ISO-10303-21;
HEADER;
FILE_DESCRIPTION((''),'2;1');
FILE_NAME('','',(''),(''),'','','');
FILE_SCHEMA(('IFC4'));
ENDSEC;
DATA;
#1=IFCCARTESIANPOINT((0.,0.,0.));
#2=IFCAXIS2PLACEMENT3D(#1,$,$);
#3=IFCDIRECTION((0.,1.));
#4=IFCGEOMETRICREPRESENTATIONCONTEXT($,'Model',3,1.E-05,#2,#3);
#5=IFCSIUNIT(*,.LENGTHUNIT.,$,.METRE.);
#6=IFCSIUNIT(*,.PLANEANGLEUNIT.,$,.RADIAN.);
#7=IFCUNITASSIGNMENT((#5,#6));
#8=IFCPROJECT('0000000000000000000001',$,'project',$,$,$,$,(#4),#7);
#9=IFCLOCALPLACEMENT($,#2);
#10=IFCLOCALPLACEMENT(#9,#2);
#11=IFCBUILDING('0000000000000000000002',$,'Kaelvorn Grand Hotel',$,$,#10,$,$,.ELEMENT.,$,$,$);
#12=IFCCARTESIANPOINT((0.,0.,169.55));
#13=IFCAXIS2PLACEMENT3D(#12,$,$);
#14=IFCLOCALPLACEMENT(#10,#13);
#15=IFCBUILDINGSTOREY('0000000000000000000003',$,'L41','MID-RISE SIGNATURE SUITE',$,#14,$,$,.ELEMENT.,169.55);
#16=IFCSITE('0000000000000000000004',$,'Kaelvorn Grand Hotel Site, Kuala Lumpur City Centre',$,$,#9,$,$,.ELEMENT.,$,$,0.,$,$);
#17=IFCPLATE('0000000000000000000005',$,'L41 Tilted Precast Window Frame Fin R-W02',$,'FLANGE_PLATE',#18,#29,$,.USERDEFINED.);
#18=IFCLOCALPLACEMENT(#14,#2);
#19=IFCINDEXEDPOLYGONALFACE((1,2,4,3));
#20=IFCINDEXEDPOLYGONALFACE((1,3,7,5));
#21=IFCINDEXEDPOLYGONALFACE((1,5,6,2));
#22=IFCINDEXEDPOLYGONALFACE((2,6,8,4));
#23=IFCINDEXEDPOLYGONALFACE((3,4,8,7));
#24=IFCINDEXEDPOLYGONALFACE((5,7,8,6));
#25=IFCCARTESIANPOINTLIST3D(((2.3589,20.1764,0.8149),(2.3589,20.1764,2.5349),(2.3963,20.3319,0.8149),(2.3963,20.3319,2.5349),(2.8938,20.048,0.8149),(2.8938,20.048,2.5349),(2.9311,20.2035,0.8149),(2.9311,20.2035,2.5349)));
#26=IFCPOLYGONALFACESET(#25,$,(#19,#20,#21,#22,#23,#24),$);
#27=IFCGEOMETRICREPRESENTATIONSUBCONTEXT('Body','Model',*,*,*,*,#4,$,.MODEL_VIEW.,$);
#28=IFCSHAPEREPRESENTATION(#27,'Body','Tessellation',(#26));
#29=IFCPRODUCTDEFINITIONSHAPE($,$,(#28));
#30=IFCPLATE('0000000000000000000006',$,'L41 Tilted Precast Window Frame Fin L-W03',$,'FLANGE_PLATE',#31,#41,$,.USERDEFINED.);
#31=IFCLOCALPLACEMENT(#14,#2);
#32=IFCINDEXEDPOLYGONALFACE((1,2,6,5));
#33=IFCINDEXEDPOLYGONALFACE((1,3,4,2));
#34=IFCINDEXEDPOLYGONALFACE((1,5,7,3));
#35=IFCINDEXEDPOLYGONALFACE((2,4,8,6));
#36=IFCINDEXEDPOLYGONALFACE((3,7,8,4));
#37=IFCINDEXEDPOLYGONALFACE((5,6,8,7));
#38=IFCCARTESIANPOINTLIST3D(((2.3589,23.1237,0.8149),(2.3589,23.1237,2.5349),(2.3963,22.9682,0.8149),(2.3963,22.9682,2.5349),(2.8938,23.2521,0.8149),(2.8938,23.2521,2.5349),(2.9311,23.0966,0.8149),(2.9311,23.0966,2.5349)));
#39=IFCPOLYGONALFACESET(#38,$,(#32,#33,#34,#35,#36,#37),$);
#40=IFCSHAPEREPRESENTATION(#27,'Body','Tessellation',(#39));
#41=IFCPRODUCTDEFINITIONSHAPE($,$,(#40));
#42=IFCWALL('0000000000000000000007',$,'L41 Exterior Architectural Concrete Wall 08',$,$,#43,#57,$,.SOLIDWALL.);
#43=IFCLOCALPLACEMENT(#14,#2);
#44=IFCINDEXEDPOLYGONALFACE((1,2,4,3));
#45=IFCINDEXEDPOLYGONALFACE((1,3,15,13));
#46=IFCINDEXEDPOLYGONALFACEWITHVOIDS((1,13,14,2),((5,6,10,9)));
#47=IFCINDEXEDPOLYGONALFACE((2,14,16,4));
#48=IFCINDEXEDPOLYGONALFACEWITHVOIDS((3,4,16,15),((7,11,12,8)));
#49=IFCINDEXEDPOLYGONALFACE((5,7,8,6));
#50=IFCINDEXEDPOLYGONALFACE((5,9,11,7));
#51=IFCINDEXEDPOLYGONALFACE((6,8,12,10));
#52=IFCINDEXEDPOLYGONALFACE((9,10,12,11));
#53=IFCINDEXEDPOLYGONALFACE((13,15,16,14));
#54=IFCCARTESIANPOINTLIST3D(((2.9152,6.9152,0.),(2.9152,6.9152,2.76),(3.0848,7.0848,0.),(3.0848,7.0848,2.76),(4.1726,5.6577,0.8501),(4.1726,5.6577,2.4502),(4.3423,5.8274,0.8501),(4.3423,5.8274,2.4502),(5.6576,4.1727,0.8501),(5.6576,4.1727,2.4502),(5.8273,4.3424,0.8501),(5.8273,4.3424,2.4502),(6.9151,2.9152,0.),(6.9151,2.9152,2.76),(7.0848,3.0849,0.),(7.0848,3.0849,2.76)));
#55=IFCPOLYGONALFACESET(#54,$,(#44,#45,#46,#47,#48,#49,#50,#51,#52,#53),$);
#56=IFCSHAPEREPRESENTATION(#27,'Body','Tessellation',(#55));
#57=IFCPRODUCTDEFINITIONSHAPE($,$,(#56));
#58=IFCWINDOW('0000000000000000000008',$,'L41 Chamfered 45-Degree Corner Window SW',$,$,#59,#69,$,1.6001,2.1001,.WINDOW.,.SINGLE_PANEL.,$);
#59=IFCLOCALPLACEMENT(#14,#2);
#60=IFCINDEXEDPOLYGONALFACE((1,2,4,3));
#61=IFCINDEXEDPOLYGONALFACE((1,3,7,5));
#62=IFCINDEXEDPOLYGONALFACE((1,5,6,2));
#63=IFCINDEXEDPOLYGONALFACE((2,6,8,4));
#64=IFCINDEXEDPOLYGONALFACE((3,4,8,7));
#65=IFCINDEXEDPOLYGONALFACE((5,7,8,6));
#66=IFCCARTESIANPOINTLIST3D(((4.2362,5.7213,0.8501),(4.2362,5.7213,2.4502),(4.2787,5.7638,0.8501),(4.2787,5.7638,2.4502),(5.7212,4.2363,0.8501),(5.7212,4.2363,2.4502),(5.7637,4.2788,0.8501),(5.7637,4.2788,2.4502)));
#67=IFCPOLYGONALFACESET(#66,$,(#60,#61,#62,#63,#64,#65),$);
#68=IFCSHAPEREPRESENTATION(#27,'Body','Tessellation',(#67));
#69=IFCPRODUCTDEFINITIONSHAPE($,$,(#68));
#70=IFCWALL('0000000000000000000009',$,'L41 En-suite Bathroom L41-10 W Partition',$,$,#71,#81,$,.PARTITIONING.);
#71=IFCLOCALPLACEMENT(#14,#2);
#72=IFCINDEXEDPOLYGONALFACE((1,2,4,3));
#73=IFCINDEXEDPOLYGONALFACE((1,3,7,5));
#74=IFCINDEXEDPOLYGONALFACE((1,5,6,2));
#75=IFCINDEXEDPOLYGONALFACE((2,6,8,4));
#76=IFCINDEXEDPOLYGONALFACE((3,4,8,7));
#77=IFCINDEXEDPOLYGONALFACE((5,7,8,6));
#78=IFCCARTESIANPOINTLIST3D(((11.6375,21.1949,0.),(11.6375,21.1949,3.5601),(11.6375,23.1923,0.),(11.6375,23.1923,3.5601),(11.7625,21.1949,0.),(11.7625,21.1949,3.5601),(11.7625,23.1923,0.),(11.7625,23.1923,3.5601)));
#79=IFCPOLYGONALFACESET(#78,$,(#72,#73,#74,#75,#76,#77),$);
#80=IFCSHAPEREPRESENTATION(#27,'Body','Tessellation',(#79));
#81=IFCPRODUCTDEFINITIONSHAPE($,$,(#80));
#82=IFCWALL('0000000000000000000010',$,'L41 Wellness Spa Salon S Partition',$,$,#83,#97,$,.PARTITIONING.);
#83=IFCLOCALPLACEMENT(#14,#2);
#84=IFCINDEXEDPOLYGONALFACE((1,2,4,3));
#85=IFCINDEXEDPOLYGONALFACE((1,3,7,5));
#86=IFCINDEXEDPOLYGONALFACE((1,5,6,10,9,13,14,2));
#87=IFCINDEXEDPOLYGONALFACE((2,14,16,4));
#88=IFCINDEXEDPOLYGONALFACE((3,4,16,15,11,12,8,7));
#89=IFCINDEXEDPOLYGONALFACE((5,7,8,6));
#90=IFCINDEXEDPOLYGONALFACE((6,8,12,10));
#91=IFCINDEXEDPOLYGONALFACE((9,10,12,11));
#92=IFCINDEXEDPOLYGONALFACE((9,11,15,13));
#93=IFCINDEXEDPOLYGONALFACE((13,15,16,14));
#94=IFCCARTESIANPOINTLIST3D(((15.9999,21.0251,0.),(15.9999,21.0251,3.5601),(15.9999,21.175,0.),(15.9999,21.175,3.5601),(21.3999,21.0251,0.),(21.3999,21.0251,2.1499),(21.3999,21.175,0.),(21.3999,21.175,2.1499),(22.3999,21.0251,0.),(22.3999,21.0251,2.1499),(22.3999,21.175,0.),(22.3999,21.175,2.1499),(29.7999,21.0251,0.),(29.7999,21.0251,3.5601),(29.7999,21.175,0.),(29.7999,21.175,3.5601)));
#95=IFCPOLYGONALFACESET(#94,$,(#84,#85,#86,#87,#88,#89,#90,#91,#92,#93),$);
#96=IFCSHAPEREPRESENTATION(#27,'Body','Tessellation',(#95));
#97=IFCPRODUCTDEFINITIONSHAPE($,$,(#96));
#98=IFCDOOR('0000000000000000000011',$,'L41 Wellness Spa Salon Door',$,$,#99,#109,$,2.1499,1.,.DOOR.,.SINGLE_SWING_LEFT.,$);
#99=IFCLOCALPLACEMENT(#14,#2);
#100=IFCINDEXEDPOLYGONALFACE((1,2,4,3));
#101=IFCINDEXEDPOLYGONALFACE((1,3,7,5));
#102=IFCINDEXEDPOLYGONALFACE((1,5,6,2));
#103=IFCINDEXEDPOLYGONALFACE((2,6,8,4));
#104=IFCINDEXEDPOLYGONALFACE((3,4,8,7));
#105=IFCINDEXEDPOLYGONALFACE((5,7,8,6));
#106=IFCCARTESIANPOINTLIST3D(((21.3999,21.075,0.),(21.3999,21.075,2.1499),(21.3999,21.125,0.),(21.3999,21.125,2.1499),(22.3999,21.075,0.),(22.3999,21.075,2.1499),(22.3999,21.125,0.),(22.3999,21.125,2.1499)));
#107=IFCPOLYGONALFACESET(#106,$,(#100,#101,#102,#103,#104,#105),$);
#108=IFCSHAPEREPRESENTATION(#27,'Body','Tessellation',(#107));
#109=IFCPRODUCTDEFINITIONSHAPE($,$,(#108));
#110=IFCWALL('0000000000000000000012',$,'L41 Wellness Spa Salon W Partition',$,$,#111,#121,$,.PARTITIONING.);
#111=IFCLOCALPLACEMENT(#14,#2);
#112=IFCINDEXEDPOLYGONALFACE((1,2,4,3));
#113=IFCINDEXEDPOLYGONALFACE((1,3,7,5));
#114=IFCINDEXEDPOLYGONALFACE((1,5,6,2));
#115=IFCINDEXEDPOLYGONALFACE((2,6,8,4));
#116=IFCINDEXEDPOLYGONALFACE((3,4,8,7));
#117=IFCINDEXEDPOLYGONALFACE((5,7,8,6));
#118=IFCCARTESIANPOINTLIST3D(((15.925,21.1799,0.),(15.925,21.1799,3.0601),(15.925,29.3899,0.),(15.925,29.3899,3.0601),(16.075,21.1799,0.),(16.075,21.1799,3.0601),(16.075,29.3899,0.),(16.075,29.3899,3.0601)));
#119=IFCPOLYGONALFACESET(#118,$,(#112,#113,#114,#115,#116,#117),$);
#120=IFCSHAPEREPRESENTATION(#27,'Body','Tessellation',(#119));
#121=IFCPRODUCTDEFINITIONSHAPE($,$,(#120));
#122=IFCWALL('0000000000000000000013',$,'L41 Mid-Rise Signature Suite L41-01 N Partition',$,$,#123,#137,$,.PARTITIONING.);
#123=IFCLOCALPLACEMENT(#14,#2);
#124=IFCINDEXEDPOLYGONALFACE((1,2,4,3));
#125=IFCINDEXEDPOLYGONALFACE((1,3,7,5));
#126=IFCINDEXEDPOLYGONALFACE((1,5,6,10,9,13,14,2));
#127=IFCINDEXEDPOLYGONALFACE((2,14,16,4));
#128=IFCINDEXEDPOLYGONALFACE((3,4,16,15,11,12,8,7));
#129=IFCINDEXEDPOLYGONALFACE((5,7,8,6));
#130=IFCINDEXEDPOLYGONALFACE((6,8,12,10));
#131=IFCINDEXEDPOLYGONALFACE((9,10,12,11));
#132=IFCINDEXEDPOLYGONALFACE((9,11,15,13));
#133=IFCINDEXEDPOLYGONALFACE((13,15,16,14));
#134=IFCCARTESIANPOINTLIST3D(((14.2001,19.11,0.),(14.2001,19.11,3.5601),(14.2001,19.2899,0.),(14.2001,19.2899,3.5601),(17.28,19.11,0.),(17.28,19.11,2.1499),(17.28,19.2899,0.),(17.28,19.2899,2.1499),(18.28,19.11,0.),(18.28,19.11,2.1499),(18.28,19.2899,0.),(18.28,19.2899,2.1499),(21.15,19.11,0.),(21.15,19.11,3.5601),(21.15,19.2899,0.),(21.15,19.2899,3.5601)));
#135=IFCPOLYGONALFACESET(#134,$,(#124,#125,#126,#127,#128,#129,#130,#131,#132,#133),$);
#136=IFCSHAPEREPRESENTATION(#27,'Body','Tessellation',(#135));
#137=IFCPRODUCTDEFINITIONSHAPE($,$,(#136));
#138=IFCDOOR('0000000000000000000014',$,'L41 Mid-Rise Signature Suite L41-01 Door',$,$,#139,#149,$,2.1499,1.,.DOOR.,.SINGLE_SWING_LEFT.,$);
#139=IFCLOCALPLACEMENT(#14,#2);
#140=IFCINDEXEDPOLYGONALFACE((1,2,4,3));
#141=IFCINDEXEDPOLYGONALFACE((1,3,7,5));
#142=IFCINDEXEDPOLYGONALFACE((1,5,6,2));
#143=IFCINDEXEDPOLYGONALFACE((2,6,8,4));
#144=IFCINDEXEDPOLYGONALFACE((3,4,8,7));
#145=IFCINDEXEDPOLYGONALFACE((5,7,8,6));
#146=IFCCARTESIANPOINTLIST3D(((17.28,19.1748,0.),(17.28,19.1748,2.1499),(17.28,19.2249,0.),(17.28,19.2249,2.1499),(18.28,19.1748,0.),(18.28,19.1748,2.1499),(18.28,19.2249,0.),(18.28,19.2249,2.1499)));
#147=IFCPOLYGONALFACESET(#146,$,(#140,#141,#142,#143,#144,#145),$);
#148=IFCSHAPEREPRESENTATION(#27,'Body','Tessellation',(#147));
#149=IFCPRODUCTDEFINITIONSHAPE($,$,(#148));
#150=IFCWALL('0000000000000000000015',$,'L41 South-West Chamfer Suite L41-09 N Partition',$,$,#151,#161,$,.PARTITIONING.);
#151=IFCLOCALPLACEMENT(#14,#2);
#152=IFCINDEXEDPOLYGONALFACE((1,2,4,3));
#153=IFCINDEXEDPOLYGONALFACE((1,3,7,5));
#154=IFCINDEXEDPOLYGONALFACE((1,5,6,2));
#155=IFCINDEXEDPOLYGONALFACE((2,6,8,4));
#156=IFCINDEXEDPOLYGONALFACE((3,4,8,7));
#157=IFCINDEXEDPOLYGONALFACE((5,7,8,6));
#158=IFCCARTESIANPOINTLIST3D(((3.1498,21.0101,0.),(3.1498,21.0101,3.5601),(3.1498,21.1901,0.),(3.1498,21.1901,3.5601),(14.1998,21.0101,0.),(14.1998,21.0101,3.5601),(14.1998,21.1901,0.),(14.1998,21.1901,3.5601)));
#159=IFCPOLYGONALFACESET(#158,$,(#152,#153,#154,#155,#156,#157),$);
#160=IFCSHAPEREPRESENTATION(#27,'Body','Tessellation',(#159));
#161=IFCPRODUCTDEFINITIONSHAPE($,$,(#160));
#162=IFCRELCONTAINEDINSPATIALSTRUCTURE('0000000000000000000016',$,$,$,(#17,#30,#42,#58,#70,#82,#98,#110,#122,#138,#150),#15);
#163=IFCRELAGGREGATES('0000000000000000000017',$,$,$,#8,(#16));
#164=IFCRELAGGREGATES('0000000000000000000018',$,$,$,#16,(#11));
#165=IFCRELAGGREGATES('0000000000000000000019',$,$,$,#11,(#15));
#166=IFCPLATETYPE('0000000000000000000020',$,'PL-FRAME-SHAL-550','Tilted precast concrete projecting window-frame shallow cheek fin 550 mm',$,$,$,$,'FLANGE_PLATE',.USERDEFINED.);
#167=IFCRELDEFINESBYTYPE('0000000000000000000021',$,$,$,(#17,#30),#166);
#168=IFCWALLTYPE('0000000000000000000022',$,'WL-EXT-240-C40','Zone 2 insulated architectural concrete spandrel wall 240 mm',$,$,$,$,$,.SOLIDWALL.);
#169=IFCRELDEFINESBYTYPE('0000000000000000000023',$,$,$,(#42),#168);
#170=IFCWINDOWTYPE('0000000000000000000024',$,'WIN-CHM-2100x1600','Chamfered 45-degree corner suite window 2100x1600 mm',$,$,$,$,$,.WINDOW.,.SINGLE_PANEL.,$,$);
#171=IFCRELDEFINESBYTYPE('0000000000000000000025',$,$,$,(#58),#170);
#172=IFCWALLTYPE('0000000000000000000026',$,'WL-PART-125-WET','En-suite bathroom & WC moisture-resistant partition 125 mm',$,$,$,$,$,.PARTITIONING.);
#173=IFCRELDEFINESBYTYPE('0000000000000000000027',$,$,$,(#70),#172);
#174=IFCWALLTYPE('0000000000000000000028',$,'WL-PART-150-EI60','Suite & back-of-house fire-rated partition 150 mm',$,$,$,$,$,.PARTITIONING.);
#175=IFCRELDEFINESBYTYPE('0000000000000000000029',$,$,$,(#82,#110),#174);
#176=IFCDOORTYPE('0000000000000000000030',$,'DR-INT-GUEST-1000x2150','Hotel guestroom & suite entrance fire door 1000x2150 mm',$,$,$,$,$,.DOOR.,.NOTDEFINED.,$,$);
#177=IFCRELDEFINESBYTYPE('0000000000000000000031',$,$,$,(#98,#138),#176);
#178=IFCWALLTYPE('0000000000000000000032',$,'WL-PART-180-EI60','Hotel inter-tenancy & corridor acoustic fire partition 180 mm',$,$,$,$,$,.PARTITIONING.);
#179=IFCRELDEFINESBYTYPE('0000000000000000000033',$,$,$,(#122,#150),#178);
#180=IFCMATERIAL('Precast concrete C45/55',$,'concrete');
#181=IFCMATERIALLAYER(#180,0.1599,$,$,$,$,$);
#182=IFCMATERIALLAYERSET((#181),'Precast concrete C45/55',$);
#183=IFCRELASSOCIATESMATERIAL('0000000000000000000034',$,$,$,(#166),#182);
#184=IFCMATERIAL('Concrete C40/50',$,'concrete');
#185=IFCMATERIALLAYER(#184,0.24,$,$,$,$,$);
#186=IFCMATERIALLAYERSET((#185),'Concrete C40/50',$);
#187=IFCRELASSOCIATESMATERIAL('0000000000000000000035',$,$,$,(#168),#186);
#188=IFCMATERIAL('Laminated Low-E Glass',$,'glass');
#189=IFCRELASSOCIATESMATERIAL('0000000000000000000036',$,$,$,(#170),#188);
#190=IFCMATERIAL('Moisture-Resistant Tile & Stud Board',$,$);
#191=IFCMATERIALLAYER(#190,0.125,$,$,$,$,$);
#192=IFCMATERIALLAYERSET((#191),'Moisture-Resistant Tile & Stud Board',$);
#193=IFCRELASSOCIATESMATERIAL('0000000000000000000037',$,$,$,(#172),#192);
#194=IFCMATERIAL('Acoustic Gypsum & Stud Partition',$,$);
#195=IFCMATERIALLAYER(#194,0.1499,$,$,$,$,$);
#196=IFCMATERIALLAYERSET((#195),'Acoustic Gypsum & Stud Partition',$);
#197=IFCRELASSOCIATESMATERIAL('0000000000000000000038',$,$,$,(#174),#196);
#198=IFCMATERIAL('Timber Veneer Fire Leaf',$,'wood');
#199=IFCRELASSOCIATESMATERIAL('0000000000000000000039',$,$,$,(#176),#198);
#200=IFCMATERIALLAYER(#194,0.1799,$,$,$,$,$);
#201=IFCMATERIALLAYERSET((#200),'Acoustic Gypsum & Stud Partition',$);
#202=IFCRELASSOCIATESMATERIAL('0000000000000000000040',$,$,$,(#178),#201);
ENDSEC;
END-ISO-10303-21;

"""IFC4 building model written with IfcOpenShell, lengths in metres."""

from ifc_helpers import new_model, si_unit, direction, frame, frame_2d, origin, origin_2d, place, context, subcontext, project, spatial, rectangle, extrude, material, layer, layer_set, type_object, element, fill, save


model = new_model("IFC4")

# Units and contexts
model_context = context("Model", 3, precision=1e-05, world=origin(), true_north=direction((0.0, 1.0)))
body_context = subcontext(model_context, "Body", "Model", "MODEL_VIEW")
ifc_project = project(units=[si_unit("LENGTHUNIT", "METRE"), si_unit("PLANEANGLEUNIT", "RADIAN")], contexts=[model_context])

# Site, building, storey
site_placement = place(None, origin())
site = spatial("IfcSite", under=ifc_project, at=site_placement, Name="Kaelvorn Grand Hotel Site, Kuala Lumpur City Centre", CompositionType="ELEMENT", RefElevation=0.0)
building_placement = place(site_placement, origin())
building = spatial("IfcBuilding", under=site, at=building_placement, Name="Kaelvorn Grand Hotel", CompositionType="ELEMENT")
storey_placement = place(building_placement, frame((0.0, 0.0, 169.55)))
storey = spatial("IfcBuildingStorey", under=building, at=storey_placement, Name="L41", Description="MID-RISE SIGNATURE SUITE", CompositionType="ELEMENT", Elevation=169.55)

# Plates
ifc_material_1 = material(Name="Precast concrete C45/55", Category="concrete")
ifc_layer_1 = layer(ifc_material_1, 0.1599)
ifc_layer_set_1 = layer_set([ifc_layer_1], Name="Precast concrete C45/55")
plate_type_1 = type_object("IfcPlateType", Name="PL-FRAME-SHAL-550", Description="Tilted precast concrete projecting window-frame shallow cheek fin 550 mm", ElementType="FLANGE_PLATE", PredefinedType="USERDEFINED", material=ifc_layer_set_1)
for number, where, z_axis, x_axis, name in (
    (1, (2.645, 20.1899, 0.8149), (0.0, 0.0, 1.0), (0.233445, 0.97237, 0.0), "L41 Tilted Precast Window Frame Fin R-W02"),
    (2, (2.645, 23.1101, 0.8149), (0.0, 0.0, 1.0), (-0.233445, 0.97237, 0.0), "L41 Tilted Precast Window Frame Fin L-W03"),
):
    element("IfcPlate", number, at=place(storey_placement, frame(where, z_axis=z_axis, x_axis=x_axis)), inside=storey, type_object=plate_type_1, Name=name, ObjectType="FLANGE_PLATE", PredefinedType="USERDEFINED", context=body_context, shape_type="SweptSolid", body=[
        extrude(rectangle(XDim=0.1599, YDim=0.55, at=origin_2d()), origin(), (0.0, 0.0, 1.0), 1.72),
    ])

# Wall, opening, window
ifc_material_2 = material(Name="Concrete C40/50", Category="concrete")
ifc_layer_2 = layer(ifc_material_2, 0.24)
ifc_layer_set_2 = layer_set([ifc_layer_2], Name="Concrete C40/50")
wall_type_1 = type_object("IfcWallType", Name="WL-EXT-240-C40", Description="Zone 2 insulated architectural concrete spandrel wall 240 mm", PredefinedType="SOLIDWALL", material=ifc_layer_set_2)
wall_1_placement = place(storey_placement, frame((3.0, 7.0, 0.0), z_axis=(0.0, 0.0, 1.0), x_axis=(0.707107, -0.707107, 0.0)))
wall_1 = element("IfcWall", 3, at=wall_1_placement, inside=storey, type_object=wall_type_1, Name="L41 Exterior Architectural Concrete Wall 08", PredefinedType="SOLIDWALL", context=body_context, shape_type="SweptSolid", body=[
    extrude(rectangle(XDim=5.6567, YDim=0.24, at=frame_2d((2.8284, 0.0))), origin(), (0.0, 0.0, 1.0), 2.76),
])
opening_1_placement = place(wall_1_placement, frame((1.7783, 0.0, 0.8501)))
opening_1 = element("IfcOpeningElement", 4, at=opening_1_placement, cuts=wall_1, PredefinedType="OPENING", context=body_context, shape_type="SweptSolid", body=[
    extrude(rectangle(XDim=2.1001, YDim=1.6001, at=frame_2d((1.05, 0.8))), frame((0.0, 0.1299, 0.0), z_axis=(0.0, -1.0, 0.0), x_axis=(1.0, 0.0, 0.0)), (0.0, 0.0, 1.0), 0.26),
])
ifc_material_3 = material(Name="Laminated Low-E Glass", Category="glass")
window_type = type_object("IfcWindowType", Name="WIN-CHM-2100x1600", Description="Chamfered 45-degree corner suite window 2100x1600 mm", PartitioningType="SINGLE_PANEL", PredefinedType="WINDOW", material=ifc_material_3)
window_placement = place(opening_1_placement, origin())
window = element("IfcWindow", 5, at=window_placement, inside=storey, type_object=window_type, Name="L41 Chamfered 45-Degree Corner Window SW", OverallHeight=1.6001, OverallWidth=2.1001, PartitioningType="SINGLE_PANEL", PredefinedType="WINDOW", context=body_context, shape_type="SweptSolid", body=[
    extrude(rectangle(XDim=2.1001, YDim=1.6001, at=frame_2d((1.05, 0.8))), frame((0.0, 0.03, 0.0), z_axis=(0.0, -1.0, 0.0), x_axis=(1.0, 0.0, 0.0)), (0.0, 0.0, 1.0), 0.0601),
])
fill(opening_1, window)

# Wall
ifc_material_4 = material(Name="Moisture-Resistant Tile & Stud Board")
ifc_layer_3 = layer(ifc_material_4, 0.125)
ifc_layer_set_3 = layer_set([ifc_layer_3], Name="Moisture-Resistant Tile & Stud Board")
wall_type_2 = type_object("IfcWallType", Name="WL-PART-125-WET", Description="En-suite bathroom & WC moisture-resistant partition 125 mm", PredefinedType="PARTITIONING", material=ifc_layer_set_3)
wall_2_placement = place(storey_placement, frame((11.7, 21.1951, 0.0), z_axis=(0.0, 0.0, 1.0), x_axis=(0.0, 1.0, 0.0)))
element("IfcWall", 6, at=wall_2_placement, inside=storey, type_object=wall_type_2, Name="L41 En-suite Bathroom L41-10 W Partition", PredefinedType="PARTITIONING", context=body_context, shape_type="SweptSolid", body=[
    extrude(rectangle(XDim=1.9973, YDim=0.125, at=frame_2d((0.9985, 0.0))), origin(), (0.0, 0.0, 1.0), 3.5601),
])

# Wall, opening, door
ifc_material_5 = material(Name="Acoustic Gypsum & Stud Partition")
ifc_layer_4 = layer(ifc_material_5, 0.1499)
ifc_layer_set_4 = layer_set([ifc_layer_4], Name="Acoustic Gypsum & Stud Partition")
wall_type_3 = type_object("IfcWallType", Name="WL-PART-150-EI60", Description="Suite & back-of-house fire-rated partition 150 mm", PredefinedType="PARTITIONING", material=ifc_layer_set_4)
wall_3_placement = place(storey_placement, frame((16.0, 21.1001, 0.0), z_axis=(0.0, 0.0, 1.0), x_axis=(1.0, 0.0, 0.0)))
wall_3 = element("IfcWall", 7, at=wall_3_placement, inside=storey, type_object=wall_type_3, Name="L41 Wellness Spa Salon S Partition", PredefinedType="PARTITIONING", context=body_context, shape_type="SweptSolid", body=[
    extrude(rectangle(XDim=13.8, YDim=0.1499, at=frame_2d((6.8999, 0.0))), origin(), (0.0, 0.0, 1.0), 3.5601),
])
opening_2_placement = place(wall_3_placement, frame((5.3999, 0.0, 0.0)))
opening_2 = element("IfcOpeningElement", 8, at=opening_2_placement, cuts=wall_3, PredefinedType="OPENING", context=body_context, shape_type="SweptSolid", body=[
    extrude(rectangle(XDim=1.0, YDim=2.1499, at=frame_2d((0.5, 1.075))), frame((0.0, 0.085, 0.0), z_axis=(0.0, -1.0, 0.0), x_axis=(1.0, 0.0, 0.0)), (0.0, 0.0, 1.0), 0.1699),
])
ifc_material_6 = material(Name="Timber Veneer Fire Leaf", Category="wood")
door_type = type_object("IfcDoorType", Name="DR-INT-GUEST-1000x2150", Description="Hotel guestroom & suite entrance fire door 1000x2150 mm", OperationType="NOTDEFINED", PredefinedType="DOOR", material=ifc_material_6)
door_1_placement = place(opening_2_placement, origin())
door_1 = element("IfcDoor", 9, at=door_1_placement, inside=storey, type_object=door_type, Name="L41 Wellness Spa Salon Door", OperationType="SINGLE_SWING_LEFT", OverallHeight=2.1499, OverallWidth=1.0, PredefinedType="DOOR", context=body_context, shape_type="SweptSolid", body=[
    extrude(rectangle(XDim=1.0, YDim=2.1499, at=frame_2d((0.5, 1.075))), frame((0.0, 0.0249, 0.0), z_axis=(0.0, -1.0, 0.0), x_axis=(1.0, 0.0, 0.0)), (0.0, 0.0, 1.0), 0.05),
])
fill(opening_2, door_1)

# Wall
wall_4_placement = place(storey_placement, frame((16.0, 21.1799, 0.0), z_axis=(0.0, 0.0, 1.0), x_axis=(0.0, 1.0, 0.0)))
element("IfcWall", 10, at=wall_4_placement, inside=storey, type_object=wall_type_3, Name="L41 Wellness Spa Salon W Partition", PredefinedType="PARTITIONING", context=body_context, shape_type="SweptSolid", body=[
    extrude(rectangle(XDim=8.21, YDim=0.1499, at=frame_2d((4.105, 0.0))), origin(), (0.0, 0.0, 1.0), 3.0601),
])

# Wall, opening, door
ifc_layer_5 = layer(ifc_material_5, 0.1799)
ifc_layer_set_5 = layer_set([ifc_layer_5], Name="Acoustic Gypsum & Stud Partition")
wall_type_4 = type_object("IfcWallType", Name="WL-PART-180-EI60", Description="Hotel inter-tenancy & corridor acoustic fire partition 180 mm", PredefinedType="PARTITIONING", material=ifc_layer_set_5)
wall_5_placement = place(storey_placement, frame((14.2, 19.2, 0.0), z_axis=(0.0, 0.0, 1.0), x_axis=(1.0, 0.0, 0.0)))
wall_5 = element("IfcWall", 11, at=wall_5_placement, inside=storey, type_object=wall_type_4, Name="L41 Mid-Rise Signature Suite L41-01 N Partition", PredefinedType="PARTITIONING", context=body_context, shape_type="SweptSolid", body=[
    extrude(rectangle(XDim=6.95, YDim=0.1799, at=frame_2d((3.4751, 0.0))), origin(), (0.0, 0.0, 1.0), 3.5601),
])
opening_3_placement = place(wall_5_placement, frame((3.0801, 0.0, 0.0)))
opening_3 = element("IfcOpeningElement", 12, at=opening_3_placement, cuts=wall_5, PredefinedType="OPENING", context=body_context, shape_type="SweptSolid", body=[
    extrude(rectangle(XDim=1.0, YDim=2.1499, at=frame_2d((0.5, 1.075))), frame((0.0, 0.1001, 0.0), z_axis=(0.0, -1.0, 0.0), x_axis=(1.0, 0.0, 0.0)), (0.0, 0.0, 1.0), 0.2),
])
door_2_placement = place(opening_3_placement, origin())
door_2 = element("IfcDoor", 13, at=door_2_placement, inside=storey, type_object=door_type, Name="L41 Mid-Rise Signature Suite L41-01 Door", OperationType="SINGLE_SWING_LEFT", OverallHeight=2.1499, OverallWidth=1.0, PredefinedType="DOOR", context=body_context, shape_type="SweptSolid", body=[
    extrude(rectangle(XDim=1.0, YDim=2.1499, at=frame_2d((0.5, 1.075))), frame((0.0, 0.0249, 0.0), z_axis=(0.0, -1.0, 0.0), x_axis=(1.0, 0.0, 0.0)), (0.0, 0.0, 1.0), 0.05),
])
fill(opening_3, door_2)

# Wall
wall_6_placement = place(storey_placement, frame((3.1499, 21.1001, 0.0), z_axis=(0.0, 0.0, 1.0), x_axis=(1.0, 0.0, 0.0)))
element("IfcWall", 14, at=wall_6_placement, inside=storey, type_object=wall_type_4, Name="L41 South-West Chamfer Suite L41-09 N Partition", PredefinedType="PARTITIONING", context=body_context, shape_type="SweptSolid", body=[
    extrude(rectangle(XDim=11.05, YDim=0.1799, at=frame_2d((5.5249, 0.0))), origin(), (0.0, 0.0, 1.0), 3.5601),
])

save(model, "model.ifc")
